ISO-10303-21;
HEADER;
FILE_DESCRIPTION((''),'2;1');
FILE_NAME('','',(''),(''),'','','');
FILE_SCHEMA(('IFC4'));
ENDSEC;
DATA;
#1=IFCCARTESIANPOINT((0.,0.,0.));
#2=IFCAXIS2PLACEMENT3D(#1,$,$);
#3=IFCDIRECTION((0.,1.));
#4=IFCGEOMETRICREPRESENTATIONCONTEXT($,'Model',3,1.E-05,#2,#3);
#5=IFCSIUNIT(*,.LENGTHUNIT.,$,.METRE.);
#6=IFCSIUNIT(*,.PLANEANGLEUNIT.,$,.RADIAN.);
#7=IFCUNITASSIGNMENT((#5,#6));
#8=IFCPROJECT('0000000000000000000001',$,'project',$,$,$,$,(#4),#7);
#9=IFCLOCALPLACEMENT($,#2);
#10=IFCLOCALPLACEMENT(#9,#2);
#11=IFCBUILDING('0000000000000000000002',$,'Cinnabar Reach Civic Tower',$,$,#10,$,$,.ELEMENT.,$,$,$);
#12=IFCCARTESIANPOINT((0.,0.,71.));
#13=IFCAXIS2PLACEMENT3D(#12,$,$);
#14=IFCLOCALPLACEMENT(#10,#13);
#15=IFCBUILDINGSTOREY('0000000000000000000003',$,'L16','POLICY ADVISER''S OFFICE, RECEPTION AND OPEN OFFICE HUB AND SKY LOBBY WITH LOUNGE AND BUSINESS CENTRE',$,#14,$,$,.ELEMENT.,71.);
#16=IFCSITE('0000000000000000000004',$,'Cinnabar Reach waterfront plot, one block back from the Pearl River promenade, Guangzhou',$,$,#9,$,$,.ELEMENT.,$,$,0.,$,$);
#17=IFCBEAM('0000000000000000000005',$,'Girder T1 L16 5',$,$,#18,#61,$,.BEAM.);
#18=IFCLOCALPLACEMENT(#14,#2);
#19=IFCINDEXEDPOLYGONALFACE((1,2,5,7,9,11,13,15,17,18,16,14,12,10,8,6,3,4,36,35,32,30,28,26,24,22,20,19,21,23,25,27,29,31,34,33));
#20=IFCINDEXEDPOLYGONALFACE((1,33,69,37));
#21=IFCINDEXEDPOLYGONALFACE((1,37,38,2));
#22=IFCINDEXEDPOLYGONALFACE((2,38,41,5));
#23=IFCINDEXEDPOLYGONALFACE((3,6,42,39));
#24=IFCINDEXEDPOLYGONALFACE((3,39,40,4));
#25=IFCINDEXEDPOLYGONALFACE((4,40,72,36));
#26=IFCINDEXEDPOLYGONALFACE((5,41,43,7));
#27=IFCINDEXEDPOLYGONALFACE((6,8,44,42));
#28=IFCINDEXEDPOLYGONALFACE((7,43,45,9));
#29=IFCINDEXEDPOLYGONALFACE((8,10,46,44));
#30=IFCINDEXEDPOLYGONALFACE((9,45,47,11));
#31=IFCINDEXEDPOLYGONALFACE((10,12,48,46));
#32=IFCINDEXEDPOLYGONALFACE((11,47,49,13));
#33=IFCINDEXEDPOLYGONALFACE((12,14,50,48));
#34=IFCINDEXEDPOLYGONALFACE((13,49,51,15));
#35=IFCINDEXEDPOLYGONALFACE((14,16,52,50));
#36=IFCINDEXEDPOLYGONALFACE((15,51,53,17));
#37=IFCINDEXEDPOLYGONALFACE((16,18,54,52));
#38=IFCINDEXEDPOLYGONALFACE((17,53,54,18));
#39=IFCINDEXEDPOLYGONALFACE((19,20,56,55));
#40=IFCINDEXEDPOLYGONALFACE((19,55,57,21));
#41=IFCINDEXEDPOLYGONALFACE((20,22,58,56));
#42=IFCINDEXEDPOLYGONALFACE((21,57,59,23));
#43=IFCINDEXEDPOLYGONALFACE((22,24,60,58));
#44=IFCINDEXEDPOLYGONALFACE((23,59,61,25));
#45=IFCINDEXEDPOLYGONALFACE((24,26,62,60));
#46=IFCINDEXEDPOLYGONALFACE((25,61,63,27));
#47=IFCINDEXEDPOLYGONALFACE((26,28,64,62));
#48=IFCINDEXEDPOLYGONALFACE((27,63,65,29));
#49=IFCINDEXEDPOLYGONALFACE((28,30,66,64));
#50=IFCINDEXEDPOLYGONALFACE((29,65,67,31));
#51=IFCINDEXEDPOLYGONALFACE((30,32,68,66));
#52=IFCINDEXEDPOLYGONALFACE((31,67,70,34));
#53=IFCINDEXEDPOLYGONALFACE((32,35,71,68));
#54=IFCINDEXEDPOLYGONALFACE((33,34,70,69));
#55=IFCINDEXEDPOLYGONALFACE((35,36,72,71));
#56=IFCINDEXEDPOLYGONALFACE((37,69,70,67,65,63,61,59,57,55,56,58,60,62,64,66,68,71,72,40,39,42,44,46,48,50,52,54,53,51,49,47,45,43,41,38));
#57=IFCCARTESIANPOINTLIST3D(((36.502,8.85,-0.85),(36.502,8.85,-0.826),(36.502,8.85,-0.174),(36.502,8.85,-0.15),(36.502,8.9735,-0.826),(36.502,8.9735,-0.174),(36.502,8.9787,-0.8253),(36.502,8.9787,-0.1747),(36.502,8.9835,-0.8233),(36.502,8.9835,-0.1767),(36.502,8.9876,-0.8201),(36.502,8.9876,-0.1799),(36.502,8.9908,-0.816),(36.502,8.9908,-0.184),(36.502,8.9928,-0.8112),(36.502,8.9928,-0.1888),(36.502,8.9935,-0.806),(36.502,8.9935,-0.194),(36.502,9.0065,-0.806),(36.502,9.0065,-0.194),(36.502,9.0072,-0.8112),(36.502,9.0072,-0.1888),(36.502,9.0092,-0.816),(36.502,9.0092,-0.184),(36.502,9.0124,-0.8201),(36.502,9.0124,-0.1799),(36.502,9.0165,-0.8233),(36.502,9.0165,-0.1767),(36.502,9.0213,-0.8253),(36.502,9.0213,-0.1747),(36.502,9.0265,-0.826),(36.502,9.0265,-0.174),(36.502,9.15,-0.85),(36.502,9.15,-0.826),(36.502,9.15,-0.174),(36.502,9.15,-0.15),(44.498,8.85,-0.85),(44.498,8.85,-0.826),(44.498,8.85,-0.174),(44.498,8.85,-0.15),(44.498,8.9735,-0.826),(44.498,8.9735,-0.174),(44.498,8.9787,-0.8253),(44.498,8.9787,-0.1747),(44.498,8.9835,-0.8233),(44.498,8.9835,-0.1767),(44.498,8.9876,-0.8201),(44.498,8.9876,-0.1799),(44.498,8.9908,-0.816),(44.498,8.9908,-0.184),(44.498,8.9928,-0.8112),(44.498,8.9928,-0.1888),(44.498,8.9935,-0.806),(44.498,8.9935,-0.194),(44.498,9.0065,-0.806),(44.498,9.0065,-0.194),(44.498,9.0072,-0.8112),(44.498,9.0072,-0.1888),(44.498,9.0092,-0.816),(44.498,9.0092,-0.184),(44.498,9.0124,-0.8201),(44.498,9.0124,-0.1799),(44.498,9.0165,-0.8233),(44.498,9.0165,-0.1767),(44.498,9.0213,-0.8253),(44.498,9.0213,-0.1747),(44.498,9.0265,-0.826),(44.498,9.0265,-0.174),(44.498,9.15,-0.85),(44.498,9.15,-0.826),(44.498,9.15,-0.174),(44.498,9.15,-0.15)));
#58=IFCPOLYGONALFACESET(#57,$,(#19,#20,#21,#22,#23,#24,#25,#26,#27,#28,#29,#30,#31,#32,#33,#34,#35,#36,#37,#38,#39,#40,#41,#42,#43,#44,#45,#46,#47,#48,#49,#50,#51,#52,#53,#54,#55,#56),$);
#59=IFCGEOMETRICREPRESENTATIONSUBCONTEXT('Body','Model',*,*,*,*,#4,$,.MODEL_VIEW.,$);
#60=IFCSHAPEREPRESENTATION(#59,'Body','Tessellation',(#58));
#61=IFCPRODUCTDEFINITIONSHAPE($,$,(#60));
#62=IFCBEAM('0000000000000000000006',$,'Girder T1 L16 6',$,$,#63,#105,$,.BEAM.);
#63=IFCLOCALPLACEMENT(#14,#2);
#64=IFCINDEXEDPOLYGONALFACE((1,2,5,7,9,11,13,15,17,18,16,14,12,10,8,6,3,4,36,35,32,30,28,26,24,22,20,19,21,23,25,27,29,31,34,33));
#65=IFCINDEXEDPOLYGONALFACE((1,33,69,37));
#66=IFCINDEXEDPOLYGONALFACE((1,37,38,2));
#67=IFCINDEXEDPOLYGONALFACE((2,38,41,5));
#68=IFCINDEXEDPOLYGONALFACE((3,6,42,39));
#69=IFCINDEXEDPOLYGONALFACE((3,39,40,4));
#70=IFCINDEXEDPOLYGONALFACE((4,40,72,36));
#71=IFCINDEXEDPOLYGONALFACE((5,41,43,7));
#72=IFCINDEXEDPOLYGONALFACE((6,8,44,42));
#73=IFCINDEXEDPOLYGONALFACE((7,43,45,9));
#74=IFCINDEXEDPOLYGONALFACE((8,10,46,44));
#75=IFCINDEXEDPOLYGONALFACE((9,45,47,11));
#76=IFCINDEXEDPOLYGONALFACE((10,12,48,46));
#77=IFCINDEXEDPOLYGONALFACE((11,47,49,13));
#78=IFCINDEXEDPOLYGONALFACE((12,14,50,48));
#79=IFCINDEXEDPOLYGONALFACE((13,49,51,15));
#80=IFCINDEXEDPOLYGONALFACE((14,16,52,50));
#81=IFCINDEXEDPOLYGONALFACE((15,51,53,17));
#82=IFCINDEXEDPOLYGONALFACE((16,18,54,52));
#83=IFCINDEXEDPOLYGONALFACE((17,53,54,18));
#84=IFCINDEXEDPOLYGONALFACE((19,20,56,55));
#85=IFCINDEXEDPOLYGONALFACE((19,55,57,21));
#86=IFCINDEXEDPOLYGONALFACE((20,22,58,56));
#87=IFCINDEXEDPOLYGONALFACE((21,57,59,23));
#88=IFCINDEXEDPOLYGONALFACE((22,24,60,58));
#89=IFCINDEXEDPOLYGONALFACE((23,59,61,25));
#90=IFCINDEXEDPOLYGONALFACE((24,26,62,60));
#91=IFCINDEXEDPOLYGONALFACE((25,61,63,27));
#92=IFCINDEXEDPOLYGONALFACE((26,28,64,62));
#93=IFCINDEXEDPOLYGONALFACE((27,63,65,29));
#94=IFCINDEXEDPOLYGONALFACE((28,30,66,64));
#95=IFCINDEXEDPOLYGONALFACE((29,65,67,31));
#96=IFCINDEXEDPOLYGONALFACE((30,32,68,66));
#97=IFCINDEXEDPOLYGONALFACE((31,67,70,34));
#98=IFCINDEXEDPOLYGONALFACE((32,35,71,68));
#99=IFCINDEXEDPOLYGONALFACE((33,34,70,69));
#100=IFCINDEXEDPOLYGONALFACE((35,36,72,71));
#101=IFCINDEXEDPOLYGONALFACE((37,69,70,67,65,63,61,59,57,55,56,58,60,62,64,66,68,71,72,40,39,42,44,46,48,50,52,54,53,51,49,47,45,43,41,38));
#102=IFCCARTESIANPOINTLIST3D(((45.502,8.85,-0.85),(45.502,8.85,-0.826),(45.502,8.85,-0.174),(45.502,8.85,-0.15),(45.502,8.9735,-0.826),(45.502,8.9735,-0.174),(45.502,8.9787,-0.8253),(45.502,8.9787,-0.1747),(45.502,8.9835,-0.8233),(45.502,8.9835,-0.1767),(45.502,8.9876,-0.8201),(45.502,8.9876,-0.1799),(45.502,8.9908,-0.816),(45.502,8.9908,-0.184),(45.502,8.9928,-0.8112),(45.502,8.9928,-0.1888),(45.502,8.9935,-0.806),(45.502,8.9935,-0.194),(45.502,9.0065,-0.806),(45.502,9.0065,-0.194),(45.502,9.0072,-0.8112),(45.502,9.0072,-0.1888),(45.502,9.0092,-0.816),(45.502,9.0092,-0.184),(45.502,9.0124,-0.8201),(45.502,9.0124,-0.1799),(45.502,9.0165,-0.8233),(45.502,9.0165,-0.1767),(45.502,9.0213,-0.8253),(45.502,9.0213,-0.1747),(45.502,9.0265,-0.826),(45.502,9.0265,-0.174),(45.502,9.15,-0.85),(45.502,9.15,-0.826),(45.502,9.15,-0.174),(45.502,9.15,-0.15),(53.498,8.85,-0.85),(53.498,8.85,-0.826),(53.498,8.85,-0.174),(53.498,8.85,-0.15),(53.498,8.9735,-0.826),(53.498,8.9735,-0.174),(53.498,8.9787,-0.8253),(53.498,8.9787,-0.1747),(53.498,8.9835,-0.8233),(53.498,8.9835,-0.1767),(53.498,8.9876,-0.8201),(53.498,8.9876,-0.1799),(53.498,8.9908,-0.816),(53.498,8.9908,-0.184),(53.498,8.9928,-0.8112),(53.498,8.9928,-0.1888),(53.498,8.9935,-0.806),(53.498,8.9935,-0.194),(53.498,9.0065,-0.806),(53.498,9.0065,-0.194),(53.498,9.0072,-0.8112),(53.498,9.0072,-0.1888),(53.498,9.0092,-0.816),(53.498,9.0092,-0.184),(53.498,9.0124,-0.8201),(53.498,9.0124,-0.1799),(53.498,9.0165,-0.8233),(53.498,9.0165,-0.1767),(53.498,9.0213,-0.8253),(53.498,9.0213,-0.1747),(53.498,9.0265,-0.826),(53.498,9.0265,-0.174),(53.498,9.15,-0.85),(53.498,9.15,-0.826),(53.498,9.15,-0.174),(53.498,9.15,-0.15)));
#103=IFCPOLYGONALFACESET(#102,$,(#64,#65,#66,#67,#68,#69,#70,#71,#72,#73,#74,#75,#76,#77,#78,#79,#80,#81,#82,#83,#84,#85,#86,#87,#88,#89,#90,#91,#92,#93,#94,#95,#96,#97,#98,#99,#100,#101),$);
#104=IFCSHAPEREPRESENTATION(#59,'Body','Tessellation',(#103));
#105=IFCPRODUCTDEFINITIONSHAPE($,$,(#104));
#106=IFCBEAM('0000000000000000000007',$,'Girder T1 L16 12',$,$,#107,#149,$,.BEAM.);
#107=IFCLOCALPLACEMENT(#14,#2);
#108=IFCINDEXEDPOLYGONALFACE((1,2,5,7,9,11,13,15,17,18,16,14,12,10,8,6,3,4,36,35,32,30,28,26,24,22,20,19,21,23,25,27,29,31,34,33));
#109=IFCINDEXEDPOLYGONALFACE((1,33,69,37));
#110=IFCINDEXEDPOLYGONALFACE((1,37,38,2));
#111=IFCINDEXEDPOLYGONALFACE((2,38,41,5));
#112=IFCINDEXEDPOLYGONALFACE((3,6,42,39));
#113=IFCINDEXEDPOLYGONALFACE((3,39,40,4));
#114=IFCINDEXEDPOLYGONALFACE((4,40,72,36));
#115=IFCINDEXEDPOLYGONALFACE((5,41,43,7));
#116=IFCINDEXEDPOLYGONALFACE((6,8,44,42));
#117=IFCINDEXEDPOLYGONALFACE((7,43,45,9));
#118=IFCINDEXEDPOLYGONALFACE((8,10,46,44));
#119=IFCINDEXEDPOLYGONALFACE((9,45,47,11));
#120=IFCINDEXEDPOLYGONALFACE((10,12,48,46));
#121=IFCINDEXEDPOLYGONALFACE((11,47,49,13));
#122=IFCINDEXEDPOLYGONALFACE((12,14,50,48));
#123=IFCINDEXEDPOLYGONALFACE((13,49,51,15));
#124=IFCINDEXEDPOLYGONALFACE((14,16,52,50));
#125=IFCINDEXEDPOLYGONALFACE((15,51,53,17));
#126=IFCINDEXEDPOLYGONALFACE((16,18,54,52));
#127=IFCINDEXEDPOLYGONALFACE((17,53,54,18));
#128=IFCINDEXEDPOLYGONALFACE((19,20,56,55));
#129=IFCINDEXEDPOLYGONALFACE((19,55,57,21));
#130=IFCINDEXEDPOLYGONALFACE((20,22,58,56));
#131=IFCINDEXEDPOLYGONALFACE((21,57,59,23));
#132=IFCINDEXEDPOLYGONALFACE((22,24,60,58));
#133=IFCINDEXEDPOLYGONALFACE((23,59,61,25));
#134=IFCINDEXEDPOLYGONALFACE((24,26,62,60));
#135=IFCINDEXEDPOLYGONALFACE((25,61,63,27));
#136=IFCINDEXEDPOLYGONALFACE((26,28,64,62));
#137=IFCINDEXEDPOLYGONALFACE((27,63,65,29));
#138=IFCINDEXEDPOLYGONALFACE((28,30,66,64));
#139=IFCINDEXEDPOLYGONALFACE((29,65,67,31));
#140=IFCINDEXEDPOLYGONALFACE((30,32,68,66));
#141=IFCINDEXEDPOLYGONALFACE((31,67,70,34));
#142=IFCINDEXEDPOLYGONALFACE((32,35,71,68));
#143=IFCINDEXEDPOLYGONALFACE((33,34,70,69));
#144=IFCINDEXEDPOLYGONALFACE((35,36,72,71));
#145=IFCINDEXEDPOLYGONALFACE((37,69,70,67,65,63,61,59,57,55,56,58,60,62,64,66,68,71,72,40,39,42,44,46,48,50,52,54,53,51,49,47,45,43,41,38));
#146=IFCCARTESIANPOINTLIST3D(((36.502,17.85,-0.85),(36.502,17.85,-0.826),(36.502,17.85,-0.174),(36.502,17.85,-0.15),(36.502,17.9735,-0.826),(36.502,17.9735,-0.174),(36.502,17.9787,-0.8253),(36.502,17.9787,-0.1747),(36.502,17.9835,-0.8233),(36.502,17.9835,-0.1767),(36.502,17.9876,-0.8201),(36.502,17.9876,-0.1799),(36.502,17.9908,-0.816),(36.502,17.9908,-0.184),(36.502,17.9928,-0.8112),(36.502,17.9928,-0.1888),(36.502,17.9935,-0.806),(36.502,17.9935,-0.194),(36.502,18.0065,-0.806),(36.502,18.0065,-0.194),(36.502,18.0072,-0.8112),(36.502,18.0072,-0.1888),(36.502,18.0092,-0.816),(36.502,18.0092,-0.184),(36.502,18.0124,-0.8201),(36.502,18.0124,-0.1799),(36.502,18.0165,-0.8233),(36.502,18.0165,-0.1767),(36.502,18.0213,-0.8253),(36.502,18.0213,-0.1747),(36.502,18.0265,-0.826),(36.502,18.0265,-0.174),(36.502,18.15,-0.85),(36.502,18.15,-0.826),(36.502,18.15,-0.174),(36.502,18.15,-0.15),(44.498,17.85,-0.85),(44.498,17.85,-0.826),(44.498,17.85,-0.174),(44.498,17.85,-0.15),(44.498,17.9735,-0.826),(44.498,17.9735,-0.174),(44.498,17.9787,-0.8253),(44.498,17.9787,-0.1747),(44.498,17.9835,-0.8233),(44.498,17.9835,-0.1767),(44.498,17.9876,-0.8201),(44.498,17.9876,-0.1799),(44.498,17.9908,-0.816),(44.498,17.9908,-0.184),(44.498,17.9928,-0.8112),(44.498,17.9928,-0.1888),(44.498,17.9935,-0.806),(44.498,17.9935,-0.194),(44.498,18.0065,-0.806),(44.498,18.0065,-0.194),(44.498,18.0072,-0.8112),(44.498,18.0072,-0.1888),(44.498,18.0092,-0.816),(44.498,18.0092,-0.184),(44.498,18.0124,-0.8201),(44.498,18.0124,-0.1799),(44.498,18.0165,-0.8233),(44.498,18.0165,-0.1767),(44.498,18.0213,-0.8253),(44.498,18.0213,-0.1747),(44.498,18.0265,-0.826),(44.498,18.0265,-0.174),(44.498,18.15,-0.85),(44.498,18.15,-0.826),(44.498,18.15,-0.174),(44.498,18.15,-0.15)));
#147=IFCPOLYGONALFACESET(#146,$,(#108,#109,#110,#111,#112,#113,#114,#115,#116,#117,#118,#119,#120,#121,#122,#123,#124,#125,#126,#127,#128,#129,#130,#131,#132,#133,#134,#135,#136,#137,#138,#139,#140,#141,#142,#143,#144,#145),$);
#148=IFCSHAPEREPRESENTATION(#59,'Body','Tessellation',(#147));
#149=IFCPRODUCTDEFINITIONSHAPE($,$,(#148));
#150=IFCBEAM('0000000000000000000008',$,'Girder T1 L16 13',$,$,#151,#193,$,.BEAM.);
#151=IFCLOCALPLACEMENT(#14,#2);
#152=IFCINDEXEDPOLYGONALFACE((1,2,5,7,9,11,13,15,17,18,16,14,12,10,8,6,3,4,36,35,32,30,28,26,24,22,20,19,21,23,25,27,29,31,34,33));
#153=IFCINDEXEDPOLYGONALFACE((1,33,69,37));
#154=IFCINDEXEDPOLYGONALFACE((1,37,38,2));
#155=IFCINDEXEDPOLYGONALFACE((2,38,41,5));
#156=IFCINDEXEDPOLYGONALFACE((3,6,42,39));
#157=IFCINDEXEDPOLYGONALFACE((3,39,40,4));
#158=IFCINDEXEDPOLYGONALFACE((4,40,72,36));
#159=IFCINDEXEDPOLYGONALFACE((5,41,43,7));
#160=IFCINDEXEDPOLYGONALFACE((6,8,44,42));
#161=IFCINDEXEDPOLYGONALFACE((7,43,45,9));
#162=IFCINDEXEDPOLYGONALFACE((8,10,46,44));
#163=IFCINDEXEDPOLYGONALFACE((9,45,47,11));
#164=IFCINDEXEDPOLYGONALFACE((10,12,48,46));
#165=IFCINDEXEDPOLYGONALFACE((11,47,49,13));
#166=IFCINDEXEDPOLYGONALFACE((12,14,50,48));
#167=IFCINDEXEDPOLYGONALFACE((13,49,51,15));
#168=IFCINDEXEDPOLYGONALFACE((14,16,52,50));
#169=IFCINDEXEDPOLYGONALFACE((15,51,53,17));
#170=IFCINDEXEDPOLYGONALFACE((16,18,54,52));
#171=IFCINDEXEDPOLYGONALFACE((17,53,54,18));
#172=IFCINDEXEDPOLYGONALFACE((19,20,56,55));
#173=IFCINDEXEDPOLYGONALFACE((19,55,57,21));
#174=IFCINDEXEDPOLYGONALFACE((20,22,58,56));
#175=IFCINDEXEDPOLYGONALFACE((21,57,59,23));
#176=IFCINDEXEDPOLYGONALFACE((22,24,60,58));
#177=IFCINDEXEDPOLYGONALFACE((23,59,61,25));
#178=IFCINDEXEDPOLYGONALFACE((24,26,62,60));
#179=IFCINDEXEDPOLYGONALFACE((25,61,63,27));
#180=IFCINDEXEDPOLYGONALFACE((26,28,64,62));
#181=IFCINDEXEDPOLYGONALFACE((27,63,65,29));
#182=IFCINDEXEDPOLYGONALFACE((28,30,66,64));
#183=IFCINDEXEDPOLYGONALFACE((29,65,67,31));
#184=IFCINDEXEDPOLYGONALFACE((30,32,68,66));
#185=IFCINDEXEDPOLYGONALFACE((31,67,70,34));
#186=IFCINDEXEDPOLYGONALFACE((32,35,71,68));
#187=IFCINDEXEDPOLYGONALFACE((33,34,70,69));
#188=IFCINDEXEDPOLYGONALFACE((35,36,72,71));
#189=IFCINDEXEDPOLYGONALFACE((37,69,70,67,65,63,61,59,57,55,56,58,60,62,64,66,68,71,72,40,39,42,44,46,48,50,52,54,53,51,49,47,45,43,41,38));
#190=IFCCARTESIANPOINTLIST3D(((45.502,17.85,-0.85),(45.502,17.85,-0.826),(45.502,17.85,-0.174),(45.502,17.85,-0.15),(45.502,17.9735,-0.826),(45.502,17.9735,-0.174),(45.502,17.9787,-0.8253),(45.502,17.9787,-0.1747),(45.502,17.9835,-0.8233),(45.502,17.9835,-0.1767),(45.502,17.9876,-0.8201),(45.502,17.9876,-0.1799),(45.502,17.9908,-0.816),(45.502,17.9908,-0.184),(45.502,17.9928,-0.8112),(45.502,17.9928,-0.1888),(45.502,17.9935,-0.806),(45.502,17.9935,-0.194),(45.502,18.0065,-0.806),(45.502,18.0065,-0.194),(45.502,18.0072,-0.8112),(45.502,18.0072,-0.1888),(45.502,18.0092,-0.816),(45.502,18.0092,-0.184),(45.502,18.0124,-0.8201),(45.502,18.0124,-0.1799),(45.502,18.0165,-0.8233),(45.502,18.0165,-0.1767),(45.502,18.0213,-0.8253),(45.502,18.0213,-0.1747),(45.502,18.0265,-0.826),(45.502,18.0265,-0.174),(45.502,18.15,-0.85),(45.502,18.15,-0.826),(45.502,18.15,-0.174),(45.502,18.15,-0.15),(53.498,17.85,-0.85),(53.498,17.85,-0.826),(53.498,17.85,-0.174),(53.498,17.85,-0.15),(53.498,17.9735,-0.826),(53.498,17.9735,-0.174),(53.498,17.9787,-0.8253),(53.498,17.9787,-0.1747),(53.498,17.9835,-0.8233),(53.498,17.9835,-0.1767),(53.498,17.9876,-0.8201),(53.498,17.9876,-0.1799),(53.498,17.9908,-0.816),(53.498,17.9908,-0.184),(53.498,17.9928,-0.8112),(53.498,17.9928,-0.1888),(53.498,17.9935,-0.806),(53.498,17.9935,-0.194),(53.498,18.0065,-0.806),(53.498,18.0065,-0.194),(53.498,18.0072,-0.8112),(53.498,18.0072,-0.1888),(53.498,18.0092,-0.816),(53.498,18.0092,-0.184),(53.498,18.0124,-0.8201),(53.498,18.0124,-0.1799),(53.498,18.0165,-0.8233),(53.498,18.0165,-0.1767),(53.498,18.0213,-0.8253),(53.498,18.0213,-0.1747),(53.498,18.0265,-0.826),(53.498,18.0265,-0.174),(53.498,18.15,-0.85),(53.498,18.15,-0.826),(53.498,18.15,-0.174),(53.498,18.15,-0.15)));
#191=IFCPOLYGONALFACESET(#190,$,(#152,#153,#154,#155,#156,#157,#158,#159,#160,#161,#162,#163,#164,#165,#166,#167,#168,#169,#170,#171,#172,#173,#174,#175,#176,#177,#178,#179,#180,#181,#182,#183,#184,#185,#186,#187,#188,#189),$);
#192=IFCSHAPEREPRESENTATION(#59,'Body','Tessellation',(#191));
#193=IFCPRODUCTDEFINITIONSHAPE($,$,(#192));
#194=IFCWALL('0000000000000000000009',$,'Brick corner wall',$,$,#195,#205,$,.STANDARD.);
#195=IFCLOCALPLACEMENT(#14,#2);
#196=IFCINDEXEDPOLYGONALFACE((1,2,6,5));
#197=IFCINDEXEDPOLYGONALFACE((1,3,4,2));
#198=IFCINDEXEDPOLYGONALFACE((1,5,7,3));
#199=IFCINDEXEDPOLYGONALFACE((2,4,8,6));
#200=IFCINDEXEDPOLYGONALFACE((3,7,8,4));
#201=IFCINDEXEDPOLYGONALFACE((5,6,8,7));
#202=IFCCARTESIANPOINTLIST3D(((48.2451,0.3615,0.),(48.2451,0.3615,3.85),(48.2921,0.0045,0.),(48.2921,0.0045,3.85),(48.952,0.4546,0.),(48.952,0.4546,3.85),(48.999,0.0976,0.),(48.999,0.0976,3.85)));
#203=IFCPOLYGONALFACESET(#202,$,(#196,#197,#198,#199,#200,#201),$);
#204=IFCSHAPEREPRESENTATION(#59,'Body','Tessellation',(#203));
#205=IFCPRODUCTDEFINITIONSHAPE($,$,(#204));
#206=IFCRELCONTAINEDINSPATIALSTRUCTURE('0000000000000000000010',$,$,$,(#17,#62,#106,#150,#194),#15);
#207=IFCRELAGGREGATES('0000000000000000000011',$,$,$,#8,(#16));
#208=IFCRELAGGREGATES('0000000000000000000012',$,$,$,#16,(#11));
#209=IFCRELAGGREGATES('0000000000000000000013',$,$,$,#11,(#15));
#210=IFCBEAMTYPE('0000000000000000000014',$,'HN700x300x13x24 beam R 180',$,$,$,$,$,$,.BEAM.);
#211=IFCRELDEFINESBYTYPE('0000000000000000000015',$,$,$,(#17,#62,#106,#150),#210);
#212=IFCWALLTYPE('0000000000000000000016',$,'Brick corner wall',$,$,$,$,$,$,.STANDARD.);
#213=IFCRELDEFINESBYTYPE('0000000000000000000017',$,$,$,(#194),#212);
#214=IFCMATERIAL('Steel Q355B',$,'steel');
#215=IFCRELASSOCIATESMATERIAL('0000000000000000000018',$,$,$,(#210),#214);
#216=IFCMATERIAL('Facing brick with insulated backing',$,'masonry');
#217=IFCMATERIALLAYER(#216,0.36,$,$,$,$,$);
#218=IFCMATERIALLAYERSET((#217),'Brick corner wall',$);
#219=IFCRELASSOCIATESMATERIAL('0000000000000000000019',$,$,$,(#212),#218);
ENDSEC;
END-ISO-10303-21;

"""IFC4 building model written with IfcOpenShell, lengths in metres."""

from ifc_helpers import new_model, si_unit, direction, frame, frame_2d, origin, origin_2d, place, context, subcontext, project, spatial, rectangle, i_section, extrude, material, layer, layer_set, material_profile, profile_set, type_object, element, save


model = new_model("IFC4")

# Units and contexts
model_context = context("Model", 3, precision=1e-05, world=origin(), true_north=direction((0.0, 1.0)))
body_context = subcontext(model_context, "Body", "Model", "MODEL_VIEW")
ifc_project = project(units=[si_unit("LENGTHUNIT", "METRE"), si_unit("PLANEANGLEUNIT", "RADIAN")], contexts=[model_context])

# Site, building, storey
site_placement = place(None, origin())
site = spatial("IfcSite", under=ifc_project, at=site_placement, Name="Cinnabar Reach waterfront plot, one block back from the Pearl River promenade, Guangzhou", CompositionType="ELEMENT", RefElevation=0.0)
building_placement = place(site_placement, origin())
building = spatial("IfcBuilding", under=site, at=building_placement, Name="Cinnabar Reach Civic Tower", CompositionType="ELEMENT")
storey_placement = place(building_placement, frame((0.0, 0.0, 71.0)))
storey = spatial("IfcBuildingStorey", under=building, at=storey_placement, Name="L16", Description="POLICY ADVISER'S OFFICE, RECEPTION AND OPEN OFFICE HUB AND SKY LOBBY WITH LOUNGE AND BUSINESS CENTRE", CompositionType="ELEMENT", Elevation=71.0)

# Beams
ifc_material_1 = material(Name="Steel Q355B", Category="steel")
ifc_material_profile_1 = material_profile(ifc_material_1, i_section(OverallWidth=0.3, OverallDepth=0.7, WebThickness=0.013, FlangeThickness=0.024, FilletRadius=0.02, at=origin_2d()), Name="HN700x300x13x24")
ifc_profile_set_1 = profile_set([ifc_material_profile_1], Name="Steel Q355B")
beam_type_1 = type_object("IfcBeamType", Name="HN700x300x13x24 beam R 180", PredefinedType="BEAM", material=ifc_profile_set_1)
for number, where, z_axis, x_axis, name in (
    (1, (36.502, 9.0, -0.5), (1.0, 0.0, 0.0), (0.0, 1.0, 0.0), "Girder T1 L16 5"),
    (2, (45.502, 9.0, -0.5), (1.0, 0.0, 0.0), (0.0, 1.0, 0.0), "Girder T1 L16 6"),
    (3, (36.502, 18.0, -0.5), (1.0, 0.0, 0.0), (0.0, 1.0, 0.0), "Girder T1 L16 12"),
    (4, (45.502, 18.0, -0.5), (1.0, 0.0, 0.0), (0.0, 1.0, 0.0), "Girder T1 L16 13"),
):
    element("IfcBeam", number, at=place(storey_placement, frame(where, z_axis=z_axis, x_axis=x_axis)), inside=storey, type_object=beam_type_1, Name=name, PredefinedType="BEAM", context=body_context, shape_type="SweptSolid", body=[
        extrude(i_section(OverallWidth=0.3, OverallDepth=0.7, WebThickness=0.013, FlangeThickness=0.024, FilletRadius=0.02, at=origin_2d()), origin(), (0.0, 0.0, 1.0), 7.996),
    ])

# Wall
ifc_material_2 = material(Name="Facing brick with insulated backing", Category="masonry")
ifc_layer_1 = layer(ifc_material_2, 0.36)
ifc_layer_set_1 = layer_set([ifc_layer_1], Name="Brick corner wall")
wall_type_1 = type_object("IfcWallType", Name="Brick corner wall", PredefinedType="STANDARD", material=ifc_layer_set_1)
for number, where, z_axis, x_axis, name in (
    (5, (48.2686, 0.183, 0.0), (0.0, 0.0, 1.0), (0.991441, 0.130556, 0.0), "Brick corner wall"),
):
    element("IfcWall", number, at=place(storey_placement, frame(where, z_axis=z_axis, x_axis=x_axis)), inside=storey, type_object=wall_type_1, Name=name, PredefinedType="STANDARD", context=body_context, shape_type="SweptSolid", body=[
        extrude(rectangle(XDim=0.7131, YDim=0.36, at=frame_2d((0.3565, 0.0))), origin(), (0.0, 0.0, 1.0), 3.85),
    ])

save(model, "model.ifc")
